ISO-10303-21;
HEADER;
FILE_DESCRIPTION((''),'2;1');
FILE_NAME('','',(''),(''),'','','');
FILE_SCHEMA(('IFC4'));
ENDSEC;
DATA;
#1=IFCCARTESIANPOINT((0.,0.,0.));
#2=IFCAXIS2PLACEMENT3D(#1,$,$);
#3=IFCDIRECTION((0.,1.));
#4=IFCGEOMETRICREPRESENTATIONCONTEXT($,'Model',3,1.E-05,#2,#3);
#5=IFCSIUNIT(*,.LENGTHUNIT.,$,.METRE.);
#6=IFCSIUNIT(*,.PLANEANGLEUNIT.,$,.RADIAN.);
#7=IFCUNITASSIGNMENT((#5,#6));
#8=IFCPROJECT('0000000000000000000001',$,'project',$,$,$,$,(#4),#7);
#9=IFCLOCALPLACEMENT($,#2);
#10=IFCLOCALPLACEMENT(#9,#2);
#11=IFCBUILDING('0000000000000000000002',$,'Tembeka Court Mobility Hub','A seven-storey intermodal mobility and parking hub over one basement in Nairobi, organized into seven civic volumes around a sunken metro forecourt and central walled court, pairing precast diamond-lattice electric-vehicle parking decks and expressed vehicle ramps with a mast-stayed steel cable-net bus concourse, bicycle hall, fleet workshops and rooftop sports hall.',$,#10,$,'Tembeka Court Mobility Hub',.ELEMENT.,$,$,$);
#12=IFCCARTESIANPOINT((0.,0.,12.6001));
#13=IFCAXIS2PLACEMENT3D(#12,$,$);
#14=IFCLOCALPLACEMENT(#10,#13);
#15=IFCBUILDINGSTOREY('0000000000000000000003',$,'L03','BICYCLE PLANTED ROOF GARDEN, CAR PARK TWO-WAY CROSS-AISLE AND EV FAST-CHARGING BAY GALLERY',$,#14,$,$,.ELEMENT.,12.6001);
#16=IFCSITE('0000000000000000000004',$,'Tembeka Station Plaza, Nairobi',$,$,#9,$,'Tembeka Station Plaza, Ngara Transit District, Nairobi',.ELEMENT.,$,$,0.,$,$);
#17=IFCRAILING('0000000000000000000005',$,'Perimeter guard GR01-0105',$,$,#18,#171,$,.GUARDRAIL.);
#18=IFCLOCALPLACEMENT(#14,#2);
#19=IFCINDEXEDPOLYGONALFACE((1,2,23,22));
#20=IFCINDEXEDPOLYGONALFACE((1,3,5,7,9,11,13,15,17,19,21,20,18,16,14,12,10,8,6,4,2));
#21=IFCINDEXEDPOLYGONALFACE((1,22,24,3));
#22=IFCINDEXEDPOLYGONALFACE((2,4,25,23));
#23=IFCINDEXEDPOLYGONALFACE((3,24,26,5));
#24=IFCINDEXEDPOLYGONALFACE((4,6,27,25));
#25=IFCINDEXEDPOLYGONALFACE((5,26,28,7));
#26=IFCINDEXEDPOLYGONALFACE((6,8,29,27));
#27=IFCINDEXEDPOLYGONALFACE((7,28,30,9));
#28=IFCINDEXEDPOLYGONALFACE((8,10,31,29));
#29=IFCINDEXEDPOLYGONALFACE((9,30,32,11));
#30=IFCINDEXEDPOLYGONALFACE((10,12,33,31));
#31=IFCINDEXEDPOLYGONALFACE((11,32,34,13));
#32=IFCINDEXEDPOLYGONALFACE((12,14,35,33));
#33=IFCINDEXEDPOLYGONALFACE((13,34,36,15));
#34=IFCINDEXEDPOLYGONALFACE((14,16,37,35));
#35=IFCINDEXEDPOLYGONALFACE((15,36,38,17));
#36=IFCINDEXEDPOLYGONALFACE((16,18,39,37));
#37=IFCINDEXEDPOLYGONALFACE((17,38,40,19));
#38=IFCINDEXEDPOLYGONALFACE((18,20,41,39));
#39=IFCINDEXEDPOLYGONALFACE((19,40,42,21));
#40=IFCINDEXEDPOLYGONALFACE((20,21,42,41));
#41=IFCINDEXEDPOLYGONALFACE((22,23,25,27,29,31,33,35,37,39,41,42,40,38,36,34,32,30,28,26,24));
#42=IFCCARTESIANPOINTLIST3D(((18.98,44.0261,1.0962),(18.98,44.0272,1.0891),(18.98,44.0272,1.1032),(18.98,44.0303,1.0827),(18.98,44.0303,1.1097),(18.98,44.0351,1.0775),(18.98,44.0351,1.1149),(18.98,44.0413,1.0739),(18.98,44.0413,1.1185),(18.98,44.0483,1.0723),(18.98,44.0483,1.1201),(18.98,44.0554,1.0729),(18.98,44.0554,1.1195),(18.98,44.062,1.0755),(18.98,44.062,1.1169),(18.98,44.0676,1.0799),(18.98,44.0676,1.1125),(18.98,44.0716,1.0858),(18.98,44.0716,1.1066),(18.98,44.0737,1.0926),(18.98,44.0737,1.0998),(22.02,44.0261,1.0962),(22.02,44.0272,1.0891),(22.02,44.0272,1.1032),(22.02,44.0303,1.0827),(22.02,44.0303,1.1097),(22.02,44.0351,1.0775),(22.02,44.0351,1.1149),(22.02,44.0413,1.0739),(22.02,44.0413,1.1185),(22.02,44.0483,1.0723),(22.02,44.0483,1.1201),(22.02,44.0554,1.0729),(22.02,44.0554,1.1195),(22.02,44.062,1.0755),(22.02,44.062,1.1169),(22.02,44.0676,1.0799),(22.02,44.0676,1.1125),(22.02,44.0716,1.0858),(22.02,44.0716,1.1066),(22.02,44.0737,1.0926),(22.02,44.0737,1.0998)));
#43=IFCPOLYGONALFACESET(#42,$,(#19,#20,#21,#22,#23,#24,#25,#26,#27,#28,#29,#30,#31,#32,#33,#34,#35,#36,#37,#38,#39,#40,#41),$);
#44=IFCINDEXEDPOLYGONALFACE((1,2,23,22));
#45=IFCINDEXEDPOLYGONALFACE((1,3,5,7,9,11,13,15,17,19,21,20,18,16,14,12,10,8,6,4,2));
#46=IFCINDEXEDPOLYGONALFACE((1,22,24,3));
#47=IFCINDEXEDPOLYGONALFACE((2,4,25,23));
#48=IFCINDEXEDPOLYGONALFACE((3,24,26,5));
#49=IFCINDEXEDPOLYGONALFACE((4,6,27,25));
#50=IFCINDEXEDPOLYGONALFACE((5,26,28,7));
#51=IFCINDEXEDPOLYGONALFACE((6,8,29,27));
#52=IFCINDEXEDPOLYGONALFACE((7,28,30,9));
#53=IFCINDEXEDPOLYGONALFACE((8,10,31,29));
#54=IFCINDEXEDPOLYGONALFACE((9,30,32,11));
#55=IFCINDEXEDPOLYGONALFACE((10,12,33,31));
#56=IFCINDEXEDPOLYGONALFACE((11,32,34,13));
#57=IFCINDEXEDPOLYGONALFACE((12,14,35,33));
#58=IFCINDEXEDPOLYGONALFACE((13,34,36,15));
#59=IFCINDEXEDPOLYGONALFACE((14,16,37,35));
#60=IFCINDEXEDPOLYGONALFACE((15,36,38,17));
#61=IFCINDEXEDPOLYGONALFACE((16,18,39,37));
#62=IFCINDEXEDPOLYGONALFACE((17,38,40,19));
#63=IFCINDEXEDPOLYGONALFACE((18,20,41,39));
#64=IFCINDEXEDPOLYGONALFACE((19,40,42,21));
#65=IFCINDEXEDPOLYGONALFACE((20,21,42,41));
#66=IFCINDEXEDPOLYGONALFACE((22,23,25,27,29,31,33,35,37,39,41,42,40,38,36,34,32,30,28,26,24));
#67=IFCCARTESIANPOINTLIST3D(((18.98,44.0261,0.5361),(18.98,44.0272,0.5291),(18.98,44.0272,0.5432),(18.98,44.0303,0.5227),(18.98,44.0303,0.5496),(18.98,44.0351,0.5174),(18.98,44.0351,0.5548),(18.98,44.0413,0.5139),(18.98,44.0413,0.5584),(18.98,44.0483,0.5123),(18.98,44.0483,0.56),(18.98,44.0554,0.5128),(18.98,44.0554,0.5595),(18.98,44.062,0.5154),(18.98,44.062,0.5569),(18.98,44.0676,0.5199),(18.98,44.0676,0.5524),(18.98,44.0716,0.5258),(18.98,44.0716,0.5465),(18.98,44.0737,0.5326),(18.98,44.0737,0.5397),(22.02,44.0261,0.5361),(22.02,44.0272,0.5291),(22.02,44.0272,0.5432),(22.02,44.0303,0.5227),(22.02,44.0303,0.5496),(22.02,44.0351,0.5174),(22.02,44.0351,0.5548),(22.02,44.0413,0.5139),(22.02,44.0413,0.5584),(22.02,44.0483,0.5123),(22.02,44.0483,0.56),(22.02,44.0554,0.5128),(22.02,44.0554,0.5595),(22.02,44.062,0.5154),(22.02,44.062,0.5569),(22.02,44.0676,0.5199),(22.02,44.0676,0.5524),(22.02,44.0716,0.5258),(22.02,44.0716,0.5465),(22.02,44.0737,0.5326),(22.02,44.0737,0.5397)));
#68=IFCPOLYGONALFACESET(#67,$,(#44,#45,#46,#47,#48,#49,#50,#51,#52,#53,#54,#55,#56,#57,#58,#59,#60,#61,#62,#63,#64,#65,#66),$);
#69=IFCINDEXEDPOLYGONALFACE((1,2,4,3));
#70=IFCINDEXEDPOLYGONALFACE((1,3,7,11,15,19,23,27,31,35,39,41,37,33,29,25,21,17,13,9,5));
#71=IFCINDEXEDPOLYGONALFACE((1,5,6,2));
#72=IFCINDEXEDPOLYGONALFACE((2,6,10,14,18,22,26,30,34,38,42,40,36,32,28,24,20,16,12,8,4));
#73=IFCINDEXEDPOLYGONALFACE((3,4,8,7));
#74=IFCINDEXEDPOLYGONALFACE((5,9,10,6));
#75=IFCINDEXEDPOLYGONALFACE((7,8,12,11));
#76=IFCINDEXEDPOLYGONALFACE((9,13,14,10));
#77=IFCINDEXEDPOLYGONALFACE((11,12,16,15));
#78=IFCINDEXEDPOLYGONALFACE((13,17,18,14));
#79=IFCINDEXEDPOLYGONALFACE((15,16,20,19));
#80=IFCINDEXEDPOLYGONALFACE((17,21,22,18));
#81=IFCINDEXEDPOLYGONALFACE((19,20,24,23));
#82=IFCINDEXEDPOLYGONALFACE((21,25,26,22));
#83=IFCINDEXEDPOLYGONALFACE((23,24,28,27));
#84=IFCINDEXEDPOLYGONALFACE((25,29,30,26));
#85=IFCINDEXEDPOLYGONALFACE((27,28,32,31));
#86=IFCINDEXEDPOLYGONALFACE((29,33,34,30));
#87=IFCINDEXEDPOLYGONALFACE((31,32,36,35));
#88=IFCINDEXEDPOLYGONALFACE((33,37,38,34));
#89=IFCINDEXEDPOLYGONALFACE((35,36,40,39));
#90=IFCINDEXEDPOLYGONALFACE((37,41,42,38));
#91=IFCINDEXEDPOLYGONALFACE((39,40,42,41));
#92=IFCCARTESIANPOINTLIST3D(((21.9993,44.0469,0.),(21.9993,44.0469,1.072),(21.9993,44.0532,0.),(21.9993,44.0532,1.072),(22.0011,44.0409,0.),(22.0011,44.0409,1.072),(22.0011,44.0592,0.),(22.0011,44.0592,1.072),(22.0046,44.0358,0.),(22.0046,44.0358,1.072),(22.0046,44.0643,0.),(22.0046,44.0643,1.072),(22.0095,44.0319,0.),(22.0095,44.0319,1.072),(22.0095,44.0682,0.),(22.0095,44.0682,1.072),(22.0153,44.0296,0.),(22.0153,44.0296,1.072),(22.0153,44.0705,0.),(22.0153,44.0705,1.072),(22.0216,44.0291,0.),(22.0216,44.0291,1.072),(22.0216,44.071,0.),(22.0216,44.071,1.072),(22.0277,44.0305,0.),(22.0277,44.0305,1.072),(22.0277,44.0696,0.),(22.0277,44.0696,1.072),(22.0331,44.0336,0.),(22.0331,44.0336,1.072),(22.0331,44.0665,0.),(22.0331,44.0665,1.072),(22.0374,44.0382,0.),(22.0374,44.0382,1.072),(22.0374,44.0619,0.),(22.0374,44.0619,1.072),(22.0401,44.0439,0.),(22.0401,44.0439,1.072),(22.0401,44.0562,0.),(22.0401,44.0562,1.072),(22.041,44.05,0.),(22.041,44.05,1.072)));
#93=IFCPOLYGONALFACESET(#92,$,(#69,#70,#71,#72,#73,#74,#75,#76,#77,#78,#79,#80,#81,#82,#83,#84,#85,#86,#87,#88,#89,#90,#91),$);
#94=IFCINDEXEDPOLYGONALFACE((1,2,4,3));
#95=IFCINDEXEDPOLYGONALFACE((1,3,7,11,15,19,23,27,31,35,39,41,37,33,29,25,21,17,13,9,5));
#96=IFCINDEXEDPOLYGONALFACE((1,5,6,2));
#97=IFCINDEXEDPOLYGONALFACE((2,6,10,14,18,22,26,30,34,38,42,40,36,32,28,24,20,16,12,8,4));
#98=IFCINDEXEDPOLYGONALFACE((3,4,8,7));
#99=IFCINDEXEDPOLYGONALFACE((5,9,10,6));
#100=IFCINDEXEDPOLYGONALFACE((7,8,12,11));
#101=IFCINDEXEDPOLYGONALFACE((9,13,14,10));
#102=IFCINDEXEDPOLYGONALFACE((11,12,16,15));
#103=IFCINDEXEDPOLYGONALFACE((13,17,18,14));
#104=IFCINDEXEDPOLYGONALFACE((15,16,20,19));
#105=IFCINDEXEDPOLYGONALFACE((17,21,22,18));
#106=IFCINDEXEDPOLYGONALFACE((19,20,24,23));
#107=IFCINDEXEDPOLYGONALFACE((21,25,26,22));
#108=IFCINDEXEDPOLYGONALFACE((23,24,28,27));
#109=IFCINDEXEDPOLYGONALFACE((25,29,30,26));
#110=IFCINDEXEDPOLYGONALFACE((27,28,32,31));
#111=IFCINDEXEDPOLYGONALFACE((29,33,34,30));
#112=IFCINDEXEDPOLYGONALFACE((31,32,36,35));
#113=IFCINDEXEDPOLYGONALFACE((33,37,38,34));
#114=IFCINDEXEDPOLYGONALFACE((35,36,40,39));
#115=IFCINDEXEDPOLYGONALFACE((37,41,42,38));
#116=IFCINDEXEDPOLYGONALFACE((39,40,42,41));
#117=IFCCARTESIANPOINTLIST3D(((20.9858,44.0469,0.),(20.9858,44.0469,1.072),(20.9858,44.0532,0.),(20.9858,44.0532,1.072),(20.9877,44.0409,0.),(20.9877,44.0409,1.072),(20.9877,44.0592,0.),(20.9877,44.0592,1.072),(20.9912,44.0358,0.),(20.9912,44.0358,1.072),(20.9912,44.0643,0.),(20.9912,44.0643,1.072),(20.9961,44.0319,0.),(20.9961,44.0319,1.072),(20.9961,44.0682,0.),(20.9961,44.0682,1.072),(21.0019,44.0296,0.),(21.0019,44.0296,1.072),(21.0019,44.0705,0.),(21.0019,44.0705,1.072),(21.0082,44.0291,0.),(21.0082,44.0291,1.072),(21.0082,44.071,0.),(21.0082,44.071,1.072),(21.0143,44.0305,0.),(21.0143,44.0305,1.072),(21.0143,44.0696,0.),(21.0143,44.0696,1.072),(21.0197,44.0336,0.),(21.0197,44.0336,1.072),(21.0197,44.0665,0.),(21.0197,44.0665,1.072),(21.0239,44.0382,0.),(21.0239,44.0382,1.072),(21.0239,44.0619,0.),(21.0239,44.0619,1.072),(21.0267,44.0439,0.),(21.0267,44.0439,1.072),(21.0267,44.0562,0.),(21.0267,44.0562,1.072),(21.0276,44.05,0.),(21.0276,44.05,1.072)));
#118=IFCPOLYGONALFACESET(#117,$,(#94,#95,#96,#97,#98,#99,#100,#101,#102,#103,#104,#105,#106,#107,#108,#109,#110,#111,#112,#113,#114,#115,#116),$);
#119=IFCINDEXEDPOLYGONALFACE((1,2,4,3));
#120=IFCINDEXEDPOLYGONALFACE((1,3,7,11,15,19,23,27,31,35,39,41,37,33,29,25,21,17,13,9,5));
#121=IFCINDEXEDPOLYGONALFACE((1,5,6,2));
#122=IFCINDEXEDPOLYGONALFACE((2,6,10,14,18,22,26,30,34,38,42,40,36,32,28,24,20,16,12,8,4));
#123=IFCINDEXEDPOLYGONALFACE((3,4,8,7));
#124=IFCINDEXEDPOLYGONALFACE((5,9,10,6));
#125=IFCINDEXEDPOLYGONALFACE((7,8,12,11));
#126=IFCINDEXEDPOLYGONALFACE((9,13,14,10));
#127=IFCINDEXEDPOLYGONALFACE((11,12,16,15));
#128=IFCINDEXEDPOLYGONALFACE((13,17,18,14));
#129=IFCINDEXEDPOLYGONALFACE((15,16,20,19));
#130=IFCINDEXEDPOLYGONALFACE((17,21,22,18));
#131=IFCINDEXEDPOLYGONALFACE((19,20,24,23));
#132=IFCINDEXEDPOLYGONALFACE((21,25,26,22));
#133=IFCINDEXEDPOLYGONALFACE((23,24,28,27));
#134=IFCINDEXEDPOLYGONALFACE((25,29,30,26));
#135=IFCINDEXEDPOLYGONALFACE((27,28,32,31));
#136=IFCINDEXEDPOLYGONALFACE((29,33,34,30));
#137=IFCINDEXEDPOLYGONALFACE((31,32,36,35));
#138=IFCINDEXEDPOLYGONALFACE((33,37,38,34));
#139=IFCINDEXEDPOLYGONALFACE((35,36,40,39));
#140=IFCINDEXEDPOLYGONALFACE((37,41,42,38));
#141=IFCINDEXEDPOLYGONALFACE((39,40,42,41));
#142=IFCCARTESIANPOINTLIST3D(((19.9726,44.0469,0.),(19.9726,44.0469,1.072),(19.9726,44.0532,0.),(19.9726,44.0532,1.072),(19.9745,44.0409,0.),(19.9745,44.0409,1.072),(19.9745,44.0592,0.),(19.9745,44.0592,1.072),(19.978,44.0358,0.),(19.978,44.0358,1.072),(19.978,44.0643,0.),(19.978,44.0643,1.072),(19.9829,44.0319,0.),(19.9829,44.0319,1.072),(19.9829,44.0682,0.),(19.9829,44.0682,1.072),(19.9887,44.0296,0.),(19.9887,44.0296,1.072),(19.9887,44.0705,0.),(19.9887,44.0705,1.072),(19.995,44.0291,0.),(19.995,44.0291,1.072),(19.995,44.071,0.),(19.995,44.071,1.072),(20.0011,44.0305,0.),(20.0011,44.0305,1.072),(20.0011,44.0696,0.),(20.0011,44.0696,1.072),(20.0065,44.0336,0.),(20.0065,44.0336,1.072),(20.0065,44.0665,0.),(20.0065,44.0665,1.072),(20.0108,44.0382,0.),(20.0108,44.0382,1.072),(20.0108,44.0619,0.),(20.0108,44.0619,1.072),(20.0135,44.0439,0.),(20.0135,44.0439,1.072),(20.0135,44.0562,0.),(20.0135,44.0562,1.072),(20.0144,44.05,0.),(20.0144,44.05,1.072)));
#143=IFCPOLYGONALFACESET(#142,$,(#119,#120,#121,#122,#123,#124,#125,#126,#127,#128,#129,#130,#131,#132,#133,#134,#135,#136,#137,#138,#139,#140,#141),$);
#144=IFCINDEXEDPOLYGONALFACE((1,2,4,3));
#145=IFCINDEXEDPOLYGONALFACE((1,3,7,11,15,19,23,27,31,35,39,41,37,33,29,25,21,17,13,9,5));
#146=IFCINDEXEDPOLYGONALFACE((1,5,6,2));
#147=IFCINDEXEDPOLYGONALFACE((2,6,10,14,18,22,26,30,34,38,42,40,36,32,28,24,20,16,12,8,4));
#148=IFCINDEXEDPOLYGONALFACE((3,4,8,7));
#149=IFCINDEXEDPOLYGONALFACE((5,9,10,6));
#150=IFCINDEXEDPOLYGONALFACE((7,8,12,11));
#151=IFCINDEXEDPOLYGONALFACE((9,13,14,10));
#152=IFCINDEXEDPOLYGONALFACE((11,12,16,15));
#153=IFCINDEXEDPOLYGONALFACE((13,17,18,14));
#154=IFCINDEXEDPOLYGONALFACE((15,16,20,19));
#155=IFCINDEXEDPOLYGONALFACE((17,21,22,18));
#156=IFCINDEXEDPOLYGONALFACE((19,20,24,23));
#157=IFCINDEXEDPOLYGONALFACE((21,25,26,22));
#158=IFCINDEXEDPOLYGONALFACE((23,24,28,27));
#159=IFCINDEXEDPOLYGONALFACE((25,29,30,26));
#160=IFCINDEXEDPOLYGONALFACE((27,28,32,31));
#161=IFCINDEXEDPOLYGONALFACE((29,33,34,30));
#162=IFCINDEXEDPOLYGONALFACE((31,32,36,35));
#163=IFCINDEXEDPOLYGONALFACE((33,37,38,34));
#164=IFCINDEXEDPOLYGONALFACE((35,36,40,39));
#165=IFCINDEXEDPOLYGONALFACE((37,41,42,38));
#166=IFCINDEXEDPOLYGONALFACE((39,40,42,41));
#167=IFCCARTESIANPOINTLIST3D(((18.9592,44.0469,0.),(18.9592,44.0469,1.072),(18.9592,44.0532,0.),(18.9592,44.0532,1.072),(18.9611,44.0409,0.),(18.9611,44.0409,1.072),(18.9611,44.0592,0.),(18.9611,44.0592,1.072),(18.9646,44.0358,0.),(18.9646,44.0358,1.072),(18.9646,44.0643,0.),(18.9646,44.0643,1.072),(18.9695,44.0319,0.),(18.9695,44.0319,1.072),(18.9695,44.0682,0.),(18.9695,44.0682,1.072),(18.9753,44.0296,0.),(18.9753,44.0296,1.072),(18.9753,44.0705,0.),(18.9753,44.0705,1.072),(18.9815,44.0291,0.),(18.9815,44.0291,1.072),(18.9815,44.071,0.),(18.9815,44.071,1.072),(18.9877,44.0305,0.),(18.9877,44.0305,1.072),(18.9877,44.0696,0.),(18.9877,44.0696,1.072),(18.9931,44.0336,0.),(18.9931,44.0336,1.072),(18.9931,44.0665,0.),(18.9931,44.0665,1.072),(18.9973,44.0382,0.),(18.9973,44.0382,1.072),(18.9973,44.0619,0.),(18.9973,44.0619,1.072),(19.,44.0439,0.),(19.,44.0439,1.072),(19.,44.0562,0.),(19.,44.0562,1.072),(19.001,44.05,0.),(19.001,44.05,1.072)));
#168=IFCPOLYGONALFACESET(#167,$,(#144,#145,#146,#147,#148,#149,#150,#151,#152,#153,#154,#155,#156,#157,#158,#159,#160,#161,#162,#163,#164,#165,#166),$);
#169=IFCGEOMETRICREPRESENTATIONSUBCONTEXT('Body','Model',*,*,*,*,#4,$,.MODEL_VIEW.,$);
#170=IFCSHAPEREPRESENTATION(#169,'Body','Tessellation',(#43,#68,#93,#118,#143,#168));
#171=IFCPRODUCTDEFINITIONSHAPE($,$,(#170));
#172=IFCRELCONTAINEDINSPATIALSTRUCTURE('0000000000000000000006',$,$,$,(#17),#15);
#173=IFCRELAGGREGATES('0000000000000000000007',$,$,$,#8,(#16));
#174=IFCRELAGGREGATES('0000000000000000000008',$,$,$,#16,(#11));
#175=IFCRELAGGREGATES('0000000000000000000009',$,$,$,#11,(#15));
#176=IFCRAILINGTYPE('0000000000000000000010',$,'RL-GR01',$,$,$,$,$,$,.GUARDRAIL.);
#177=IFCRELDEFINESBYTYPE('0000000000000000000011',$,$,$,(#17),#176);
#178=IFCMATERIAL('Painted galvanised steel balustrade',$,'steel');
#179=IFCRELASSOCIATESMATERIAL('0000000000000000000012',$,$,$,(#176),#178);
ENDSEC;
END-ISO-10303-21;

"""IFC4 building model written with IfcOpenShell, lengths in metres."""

from ifc_helpers import new_model, si_unit, direction, frame, origin, origin_2d, place, context, subcontext, project, spatial, circle, extrude, material, type_object, element, save


model = new_model("IFC4")

# Units and contexts
model_context = context("Model", 3, precision=1e-05, world=origin(), true_north=direction((0.0, 1.0)))
body_context = subcontext(model_context, "Body", "Model", "MODEL_VIEW")
ifc_project = project(units=[si_unit("LENGTHUNIT", "METRE"), si_unit("PLANEANGLEUNIT", "RADIAN")], contexts=[model_context])

# Site, building, storey
site_placement = place(None, origin())
site = spatial("IfcSite", under=ifc_project, at=site_placement, Name="Tembeka Station Plaza, Nairobi", LongName="Tembeka Station Plaza, Ngara Transit District, Nairobi", CompositionType="ELEMENT", RefElevation=0.0)
building_placement = place(site_placement, origin())
building = spatial("IfcBuilding", under=site, at=building_placement, Name="Tembeka Court Mobility Hub", Description="A seven-storey intermodal mobility and parking hub over one basement in Nairobi, organized into seven civic volumes around a sunken metro forecourt and central walled court, pairing precast diamond-lattice electric-vehicle parking decks and expressed vehicle ramps with a mast-stayed steel cable-net bus concourse, bicycle hall, fleet workshops and rooftop sports hall.", LongName="Tembeka Court Mobility Hub", CompositionType="ELEMENT")
storey_placement = place(building_placement, frame((0.0, 0.0, 12.6001)))
storey = spatial("IfcBuildingStorey", under=building, at=storey_placement, Name="L03", Description="BICYCLE PLANTED ROOF GARDEN, CAR PARK TWO-WAY CROSS-AISLE AND EV FAST-CHARGING BAY GALLERY", CompositionType="ELEMENT", Elevation=12.6001)

# Railing
ifc_material_1 = material(Name="Painted galvanised steel balustrade", Category="steel")
railing_type_1 = type_object("IfcRailingType", Name="RL-GR01", PredefinedType="GUARDRAIL", material=ifc_material_1)
railing_1_placement = place(storey_placement, frame((22.02, 44.05, 0.0)))
element("IfcRailing", 1, at=railing_1_placement, inside=storey, type_object=railing_type_1, Name="Perimeter guard GR01-0105", PredefinedType="GUARDRAIL", context=body_context, shape_type="SweptSolid", body=[
    extrude(circle(Radius=0.0239, at=origin_2d()), frame((0.0, 0.0, 1.0962), z_axis=(-1.0, 0.0, 0.0), x_axis=(0.0, -1.0, 0.0)), (0.0, 0.0, 1.0), 3.04),
    extrude(circle(Radius=0.0239, at=origin_2d()), frame((0.0, 0.0, 0.5361), z_axis=(-1.0, 0.0, 0.0), x_axis=(0.0, -1.0, 0.0)), (0.0, 0.0, 1.0), 3.04),
    extrude(circle(Radius=0.021, at=origin_2d()), origin(), (0.0, 0.0, 1.0), 1.072),
    extrude(circle(Radius=0.021, at=origin_2d()), frame((-1.0134, 0.0, 0.0)), (0.0, 0.0, 1.0), 1.072),
    extrude(circle(Radius=0.021, at=origin_2d()), frame((-2.0266, 0.0, 0.0)), (0.0, 0.0, 1.0), 1.072),
    extrude(circle(Radius=0.021, at=origin_2d()), frame((-3.04, 0.0, 0.0)), (0.0, 0.0, 1.0), 1.072),
])

save(model, "model.ifc")
